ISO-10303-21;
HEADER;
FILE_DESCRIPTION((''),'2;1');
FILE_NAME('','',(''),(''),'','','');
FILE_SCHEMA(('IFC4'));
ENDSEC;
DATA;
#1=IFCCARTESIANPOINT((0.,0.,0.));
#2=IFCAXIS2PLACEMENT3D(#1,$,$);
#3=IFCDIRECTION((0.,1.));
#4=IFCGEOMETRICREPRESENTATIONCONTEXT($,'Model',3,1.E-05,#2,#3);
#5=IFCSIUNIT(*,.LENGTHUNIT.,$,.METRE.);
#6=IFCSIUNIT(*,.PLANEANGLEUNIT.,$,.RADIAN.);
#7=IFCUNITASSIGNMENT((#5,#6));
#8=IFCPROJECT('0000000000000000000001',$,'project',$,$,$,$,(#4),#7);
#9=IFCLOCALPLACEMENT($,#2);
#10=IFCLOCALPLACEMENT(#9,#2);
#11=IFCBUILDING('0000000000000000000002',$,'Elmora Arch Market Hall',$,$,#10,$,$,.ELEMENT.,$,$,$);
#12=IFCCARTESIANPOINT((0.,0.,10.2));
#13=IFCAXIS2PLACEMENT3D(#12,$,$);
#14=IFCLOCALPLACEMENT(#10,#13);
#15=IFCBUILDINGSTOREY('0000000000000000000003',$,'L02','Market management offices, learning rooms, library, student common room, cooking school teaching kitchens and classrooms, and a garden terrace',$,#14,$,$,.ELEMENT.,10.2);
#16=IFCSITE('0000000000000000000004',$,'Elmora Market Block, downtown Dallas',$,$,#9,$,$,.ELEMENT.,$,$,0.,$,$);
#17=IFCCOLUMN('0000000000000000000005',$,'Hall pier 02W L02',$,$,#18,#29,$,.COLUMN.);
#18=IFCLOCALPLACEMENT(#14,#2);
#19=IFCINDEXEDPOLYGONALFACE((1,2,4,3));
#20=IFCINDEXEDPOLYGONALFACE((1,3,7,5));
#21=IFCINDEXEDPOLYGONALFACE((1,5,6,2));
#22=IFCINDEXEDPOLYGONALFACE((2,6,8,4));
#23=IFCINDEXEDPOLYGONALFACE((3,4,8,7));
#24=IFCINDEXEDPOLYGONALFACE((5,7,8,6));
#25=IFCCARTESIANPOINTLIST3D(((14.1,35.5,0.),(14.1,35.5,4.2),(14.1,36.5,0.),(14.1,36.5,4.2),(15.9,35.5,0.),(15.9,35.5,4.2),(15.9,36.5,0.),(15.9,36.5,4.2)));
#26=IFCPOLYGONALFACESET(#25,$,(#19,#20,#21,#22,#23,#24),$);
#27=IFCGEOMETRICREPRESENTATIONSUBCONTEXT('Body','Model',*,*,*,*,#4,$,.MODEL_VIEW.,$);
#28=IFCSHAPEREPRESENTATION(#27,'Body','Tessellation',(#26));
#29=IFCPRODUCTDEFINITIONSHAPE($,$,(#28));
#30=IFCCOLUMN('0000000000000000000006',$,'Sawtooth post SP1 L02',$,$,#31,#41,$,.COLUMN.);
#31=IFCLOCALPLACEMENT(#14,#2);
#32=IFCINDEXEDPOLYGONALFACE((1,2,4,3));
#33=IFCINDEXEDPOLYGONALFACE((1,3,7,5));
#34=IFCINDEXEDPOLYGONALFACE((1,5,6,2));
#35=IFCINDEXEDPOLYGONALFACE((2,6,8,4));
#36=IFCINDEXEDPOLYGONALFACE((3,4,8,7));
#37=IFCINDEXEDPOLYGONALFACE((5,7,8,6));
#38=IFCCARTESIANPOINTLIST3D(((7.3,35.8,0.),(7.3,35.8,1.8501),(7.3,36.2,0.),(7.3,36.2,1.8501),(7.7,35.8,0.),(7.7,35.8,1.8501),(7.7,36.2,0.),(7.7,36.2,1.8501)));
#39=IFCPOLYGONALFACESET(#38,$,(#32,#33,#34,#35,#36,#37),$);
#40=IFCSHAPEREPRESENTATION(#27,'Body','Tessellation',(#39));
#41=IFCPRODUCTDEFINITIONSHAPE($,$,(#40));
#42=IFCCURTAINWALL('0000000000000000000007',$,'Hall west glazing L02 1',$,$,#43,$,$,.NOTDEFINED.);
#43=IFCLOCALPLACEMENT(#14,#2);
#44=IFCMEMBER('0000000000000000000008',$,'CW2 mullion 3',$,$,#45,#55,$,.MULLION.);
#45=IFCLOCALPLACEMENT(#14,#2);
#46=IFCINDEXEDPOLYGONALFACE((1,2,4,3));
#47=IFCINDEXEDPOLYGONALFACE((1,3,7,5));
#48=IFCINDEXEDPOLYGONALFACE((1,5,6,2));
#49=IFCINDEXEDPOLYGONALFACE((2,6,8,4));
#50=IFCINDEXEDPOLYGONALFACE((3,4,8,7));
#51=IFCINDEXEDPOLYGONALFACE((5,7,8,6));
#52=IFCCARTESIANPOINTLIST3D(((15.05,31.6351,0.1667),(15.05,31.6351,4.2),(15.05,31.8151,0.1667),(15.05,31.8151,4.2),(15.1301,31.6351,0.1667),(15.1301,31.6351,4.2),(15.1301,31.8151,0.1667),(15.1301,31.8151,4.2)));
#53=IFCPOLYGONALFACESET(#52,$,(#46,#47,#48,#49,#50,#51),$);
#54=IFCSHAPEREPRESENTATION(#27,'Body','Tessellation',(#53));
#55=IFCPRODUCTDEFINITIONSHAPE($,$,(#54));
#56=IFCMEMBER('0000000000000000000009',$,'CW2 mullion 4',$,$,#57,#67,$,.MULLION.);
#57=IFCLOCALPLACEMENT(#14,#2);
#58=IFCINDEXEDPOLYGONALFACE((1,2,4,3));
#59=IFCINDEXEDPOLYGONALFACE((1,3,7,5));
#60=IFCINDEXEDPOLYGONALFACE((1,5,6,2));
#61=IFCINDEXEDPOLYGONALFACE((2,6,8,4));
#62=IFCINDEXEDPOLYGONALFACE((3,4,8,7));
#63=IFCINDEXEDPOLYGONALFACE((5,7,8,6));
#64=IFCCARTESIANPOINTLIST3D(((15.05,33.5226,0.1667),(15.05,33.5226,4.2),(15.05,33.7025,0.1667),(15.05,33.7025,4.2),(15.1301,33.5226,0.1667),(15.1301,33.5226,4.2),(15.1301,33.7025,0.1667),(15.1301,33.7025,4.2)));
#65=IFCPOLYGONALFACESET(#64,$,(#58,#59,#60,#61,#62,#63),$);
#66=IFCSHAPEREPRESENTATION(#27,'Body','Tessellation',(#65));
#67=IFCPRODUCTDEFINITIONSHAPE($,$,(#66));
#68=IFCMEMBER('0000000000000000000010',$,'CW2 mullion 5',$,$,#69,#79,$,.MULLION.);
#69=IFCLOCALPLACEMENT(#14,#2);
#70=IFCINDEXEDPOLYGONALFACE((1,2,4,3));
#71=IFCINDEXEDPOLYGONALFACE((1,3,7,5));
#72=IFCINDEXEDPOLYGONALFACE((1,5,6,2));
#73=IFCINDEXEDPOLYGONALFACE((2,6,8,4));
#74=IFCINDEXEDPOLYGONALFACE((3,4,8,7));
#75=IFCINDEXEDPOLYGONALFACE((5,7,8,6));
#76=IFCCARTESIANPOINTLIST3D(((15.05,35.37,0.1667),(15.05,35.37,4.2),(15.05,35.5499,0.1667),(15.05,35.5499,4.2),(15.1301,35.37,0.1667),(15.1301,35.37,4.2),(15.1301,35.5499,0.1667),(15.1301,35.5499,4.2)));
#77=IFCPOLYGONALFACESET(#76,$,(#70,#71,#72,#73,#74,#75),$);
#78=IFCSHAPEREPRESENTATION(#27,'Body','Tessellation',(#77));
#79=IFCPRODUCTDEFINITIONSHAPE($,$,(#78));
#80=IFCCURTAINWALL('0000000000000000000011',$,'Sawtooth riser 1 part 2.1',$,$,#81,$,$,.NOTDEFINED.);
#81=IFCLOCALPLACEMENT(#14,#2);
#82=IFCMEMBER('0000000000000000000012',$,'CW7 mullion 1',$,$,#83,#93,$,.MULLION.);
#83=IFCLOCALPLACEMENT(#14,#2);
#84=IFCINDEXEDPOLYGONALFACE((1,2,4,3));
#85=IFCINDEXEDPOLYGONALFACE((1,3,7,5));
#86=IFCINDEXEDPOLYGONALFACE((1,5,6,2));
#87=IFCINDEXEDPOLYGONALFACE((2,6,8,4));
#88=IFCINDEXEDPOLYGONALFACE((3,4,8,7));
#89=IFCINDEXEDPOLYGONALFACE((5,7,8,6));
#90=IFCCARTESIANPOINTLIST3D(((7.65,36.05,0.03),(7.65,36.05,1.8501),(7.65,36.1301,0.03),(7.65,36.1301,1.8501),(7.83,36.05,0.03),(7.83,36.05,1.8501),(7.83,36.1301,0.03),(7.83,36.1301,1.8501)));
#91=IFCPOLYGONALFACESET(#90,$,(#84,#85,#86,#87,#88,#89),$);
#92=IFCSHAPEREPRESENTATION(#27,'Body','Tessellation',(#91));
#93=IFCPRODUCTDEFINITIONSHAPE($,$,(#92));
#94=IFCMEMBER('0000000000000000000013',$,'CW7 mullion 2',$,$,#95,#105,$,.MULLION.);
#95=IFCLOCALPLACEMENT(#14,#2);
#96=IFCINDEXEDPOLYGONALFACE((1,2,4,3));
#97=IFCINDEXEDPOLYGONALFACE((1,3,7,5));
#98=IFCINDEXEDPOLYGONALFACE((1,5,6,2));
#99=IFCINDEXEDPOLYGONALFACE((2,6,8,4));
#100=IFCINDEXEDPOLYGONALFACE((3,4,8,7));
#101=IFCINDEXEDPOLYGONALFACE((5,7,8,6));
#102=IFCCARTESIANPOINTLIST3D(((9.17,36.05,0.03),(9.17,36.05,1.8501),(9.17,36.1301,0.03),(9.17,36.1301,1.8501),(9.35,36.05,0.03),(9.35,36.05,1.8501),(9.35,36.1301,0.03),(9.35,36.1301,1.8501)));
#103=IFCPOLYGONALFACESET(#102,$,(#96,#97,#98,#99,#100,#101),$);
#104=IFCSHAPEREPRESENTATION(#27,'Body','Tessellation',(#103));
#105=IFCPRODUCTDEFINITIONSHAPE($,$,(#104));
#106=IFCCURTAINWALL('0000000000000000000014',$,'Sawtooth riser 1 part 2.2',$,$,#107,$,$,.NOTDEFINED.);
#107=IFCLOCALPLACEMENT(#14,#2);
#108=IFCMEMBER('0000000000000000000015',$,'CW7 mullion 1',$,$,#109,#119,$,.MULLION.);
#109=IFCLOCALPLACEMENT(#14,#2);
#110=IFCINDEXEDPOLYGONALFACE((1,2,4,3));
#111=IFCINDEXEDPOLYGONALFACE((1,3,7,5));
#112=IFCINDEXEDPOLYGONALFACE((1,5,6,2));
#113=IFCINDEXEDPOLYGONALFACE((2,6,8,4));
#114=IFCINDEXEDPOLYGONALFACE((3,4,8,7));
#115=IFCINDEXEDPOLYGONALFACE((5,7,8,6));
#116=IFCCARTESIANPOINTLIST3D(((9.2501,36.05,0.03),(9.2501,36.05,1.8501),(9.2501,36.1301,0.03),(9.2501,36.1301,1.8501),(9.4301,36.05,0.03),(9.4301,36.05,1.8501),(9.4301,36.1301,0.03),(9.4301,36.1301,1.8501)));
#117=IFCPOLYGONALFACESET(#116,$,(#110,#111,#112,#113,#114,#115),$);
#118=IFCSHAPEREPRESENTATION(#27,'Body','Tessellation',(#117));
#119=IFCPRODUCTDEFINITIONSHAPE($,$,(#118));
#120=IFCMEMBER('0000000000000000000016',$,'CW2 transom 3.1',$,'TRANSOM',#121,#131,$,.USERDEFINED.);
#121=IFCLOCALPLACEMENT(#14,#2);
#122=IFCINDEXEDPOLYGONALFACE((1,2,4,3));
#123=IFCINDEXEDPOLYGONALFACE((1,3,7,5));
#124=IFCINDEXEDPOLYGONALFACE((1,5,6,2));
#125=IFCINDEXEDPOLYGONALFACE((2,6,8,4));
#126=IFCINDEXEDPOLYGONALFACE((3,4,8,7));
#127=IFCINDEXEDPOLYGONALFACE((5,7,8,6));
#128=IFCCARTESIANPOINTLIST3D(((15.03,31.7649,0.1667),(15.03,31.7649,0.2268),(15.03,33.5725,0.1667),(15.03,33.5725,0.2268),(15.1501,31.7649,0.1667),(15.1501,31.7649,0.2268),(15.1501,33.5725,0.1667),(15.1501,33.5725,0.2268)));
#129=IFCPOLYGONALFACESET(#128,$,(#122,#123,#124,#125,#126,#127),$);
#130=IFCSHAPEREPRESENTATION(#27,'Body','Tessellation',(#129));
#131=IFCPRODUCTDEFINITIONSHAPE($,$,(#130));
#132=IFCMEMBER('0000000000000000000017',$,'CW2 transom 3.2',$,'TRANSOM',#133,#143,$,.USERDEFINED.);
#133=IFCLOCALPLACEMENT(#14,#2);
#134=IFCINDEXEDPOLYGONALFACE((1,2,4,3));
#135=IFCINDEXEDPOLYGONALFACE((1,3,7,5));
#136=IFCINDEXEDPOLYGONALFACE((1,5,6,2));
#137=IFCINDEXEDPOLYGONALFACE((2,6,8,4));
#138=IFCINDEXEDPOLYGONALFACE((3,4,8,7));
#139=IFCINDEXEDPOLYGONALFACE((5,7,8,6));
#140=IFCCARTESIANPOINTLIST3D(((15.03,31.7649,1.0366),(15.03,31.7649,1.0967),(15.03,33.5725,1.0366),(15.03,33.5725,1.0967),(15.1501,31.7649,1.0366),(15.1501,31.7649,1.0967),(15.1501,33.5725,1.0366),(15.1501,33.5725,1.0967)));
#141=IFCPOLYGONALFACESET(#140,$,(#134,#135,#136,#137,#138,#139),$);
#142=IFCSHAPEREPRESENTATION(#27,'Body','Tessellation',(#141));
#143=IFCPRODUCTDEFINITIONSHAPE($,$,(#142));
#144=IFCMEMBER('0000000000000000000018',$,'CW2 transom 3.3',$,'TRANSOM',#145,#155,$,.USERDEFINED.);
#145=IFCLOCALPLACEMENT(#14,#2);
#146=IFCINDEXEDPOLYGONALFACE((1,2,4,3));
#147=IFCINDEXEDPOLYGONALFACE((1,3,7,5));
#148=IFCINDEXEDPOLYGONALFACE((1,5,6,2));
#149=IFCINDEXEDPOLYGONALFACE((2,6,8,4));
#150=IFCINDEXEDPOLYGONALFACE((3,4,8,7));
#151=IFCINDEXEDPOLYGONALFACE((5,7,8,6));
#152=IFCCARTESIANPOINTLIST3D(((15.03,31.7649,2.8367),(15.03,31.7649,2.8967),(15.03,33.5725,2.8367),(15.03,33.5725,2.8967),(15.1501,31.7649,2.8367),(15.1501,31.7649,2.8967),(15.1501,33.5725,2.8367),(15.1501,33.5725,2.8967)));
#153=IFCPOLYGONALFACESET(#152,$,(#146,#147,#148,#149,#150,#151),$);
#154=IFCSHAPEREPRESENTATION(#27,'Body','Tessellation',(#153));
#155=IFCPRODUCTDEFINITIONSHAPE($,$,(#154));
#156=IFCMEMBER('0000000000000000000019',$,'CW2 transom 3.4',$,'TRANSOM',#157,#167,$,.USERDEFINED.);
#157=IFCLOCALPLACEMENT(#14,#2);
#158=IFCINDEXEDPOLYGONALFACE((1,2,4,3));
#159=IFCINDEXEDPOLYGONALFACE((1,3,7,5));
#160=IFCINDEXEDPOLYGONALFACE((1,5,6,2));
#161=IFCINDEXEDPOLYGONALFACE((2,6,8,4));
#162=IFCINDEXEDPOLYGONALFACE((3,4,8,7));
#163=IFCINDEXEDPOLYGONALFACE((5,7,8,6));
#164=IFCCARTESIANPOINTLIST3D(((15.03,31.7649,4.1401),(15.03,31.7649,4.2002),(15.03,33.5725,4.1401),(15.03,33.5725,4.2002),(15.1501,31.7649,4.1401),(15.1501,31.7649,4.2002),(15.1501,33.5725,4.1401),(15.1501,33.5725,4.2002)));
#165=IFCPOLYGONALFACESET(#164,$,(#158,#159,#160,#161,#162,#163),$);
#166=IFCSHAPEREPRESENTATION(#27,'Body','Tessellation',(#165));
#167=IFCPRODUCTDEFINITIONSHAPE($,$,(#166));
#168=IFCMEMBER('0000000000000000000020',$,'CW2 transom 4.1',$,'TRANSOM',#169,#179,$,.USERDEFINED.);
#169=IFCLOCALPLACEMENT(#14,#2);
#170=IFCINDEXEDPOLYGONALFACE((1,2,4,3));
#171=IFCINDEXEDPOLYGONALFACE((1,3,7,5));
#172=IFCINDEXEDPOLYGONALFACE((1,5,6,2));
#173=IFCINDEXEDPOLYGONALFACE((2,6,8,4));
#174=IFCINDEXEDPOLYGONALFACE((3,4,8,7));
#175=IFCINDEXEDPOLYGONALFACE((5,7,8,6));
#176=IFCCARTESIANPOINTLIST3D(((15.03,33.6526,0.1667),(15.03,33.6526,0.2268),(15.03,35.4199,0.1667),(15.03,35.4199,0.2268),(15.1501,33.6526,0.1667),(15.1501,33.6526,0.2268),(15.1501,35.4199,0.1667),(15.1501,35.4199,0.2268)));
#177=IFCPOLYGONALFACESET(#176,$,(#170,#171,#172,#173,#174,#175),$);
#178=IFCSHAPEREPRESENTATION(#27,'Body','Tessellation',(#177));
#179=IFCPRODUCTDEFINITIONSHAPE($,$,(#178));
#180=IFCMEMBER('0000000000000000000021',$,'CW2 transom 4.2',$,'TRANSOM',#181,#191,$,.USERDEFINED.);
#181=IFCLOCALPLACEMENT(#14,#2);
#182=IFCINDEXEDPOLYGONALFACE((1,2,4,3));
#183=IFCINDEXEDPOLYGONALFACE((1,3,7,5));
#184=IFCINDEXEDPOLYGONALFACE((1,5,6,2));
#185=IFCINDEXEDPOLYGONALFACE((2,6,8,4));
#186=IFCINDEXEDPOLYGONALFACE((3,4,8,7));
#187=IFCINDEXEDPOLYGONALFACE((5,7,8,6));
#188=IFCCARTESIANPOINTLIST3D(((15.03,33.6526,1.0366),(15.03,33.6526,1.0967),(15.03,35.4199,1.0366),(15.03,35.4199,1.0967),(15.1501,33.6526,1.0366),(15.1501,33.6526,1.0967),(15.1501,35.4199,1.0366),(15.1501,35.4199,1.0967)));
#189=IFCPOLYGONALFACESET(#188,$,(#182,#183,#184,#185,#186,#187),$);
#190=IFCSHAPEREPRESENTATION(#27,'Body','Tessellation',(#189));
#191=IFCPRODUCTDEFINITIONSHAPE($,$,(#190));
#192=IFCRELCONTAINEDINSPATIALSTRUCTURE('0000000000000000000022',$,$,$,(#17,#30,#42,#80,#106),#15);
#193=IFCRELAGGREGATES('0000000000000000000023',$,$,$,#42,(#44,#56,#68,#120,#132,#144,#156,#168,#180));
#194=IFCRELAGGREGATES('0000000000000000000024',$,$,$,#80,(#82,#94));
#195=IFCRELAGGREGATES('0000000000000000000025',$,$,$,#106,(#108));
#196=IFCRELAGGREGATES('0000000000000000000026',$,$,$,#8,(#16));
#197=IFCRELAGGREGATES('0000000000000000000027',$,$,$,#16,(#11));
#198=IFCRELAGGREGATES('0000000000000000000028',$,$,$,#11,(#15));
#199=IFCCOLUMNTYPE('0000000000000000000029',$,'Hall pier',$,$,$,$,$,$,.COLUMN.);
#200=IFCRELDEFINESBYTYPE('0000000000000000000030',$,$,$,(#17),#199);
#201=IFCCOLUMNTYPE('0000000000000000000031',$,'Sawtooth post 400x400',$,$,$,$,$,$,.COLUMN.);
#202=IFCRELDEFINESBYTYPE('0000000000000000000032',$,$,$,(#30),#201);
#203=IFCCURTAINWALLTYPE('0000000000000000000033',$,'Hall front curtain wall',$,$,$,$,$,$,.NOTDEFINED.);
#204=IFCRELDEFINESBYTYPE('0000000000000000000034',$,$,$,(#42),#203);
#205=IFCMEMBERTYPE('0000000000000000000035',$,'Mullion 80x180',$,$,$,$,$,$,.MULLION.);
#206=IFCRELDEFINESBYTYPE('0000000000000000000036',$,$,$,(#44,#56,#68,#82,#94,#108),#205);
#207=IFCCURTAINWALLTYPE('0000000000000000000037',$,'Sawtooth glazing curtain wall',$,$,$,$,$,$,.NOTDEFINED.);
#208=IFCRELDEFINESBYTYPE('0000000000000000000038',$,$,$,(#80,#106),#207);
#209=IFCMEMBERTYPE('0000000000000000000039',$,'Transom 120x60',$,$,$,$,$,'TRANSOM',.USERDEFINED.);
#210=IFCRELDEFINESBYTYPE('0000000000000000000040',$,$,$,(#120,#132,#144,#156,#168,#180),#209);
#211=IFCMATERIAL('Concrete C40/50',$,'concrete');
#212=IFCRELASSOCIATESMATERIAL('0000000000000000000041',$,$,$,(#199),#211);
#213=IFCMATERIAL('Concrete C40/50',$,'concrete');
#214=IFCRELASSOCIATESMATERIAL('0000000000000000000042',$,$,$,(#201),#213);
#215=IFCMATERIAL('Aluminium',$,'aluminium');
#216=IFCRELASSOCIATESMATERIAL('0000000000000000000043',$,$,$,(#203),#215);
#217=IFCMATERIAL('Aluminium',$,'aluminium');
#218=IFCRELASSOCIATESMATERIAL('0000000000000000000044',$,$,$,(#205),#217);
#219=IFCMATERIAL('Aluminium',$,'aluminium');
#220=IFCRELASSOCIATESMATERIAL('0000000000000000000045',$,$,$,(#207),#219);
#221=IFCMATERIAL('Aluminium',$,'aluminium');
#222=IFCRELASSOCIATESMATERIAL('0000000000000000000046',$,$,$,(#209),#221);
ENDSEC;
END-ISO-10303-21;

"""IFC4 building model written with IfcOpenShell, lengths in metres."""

from ifc_helpers import new_model, si_unit, direction, frame, origin, origin_2d, place, context, subcontext, project, spatial, rectangle, extrude, material, material_profile, profile_set, type_object, element, aggregate, save


model = new_model("IFC4")

# Units and contexts
model_context = context("Model", 3, precision=1e-05, world=origin(), true_north=direction((0.0, 1.0)))
body_context = subcontext(model_context, "Body", "Model", "MODEL_VIEW")
ifc_project = project(units=[si_unit("LENGTHUNIT", "METRE"), si_unit("PLANEANGLEUNIT", "RADIAN")], contexts=[model_context])

# Site, building, storey
site_placement = place(None, origin())
site = spatial("IfcSite", under=ifc_project, at=site_placement, Name="Elmora Market Block, downtown Dallas", CompositionType="ELEMENT", RefElevation=0.0)
building_placement = place(site_placement, origin())
building = spatial("IfcBuilding", under=site, at=building_placement, Name="Elmora Arch Market Hall", CompositionType="ELEMENT")
storey_placement = place(building_placement, frame((0.0, 0.0, 10.2)))
storey = spatial("IfcBuildingStorey", under=building, at=storey_placement, Name="L02", Description="Market management offices, learning rooms, library, student common room, cooking school teaching kitchens and classrooms, and a garden terrace", CompositionType="ELEMENT", Elevation=10.2)

# Columns
ifc_material_1 = material(Name="Concrete C40/50", Category="concrete")
ifc_material_profile_1 = material_profile(ifc_material_1, rectangle(XDim=1.8, YDim=1.0, at=origin_2d()), Name="Hall pier")
ifc_profile_set_1 = profile_set([ifc_material_profile_1], Name="Concrete C40/50")
column_type_1 = type_object("IfcColumnType", Name="Hall pier", PredefinedType="COLUMN", material=ifc_profile_set_1)
column_1_placement = place(storey_placement, frame((15.0, 36.0, 0.0), z_axis=(0.0, 0.0, 1.0), x_axis=(1.0, 0.0, 0.0)))
element("IfcColumn", 1, at=column_1_placement, inside=storey, type_object=column_type_1, Name="Hall pier 02W L02", PredefinedType="COLUMN", context=body_context, shape_type="SweptSolid", body=[
    extrude(rectangle(XDim=1.8, YDim=1.0, at=origin_2d()), origin(), (0.0, 0.0, 1.0), 4.2),
])
ifc_material_2 = material(Name="Concrete C40/50", Category="concrete")
ifc_material_profile_2 = material_profile(ifc_material_2, rectangle(XDim=0.3999, YDim=0.3999, at=origin_2d()), Name="Sawtooth post 400x400")
ifc_profile_set_2 = profile_set([ifc_material_profile_2], Name="Concrete C40/50")
column_type_2 = type_object("IfcColumnType", Name="Sawtooth post 400x400", PredefinedType="COLUMN", material=ifc_profile_set_2)
column_2_placement = place(storey_placement, frame((7.5, 36.0, 0.0), z_axis=(0.0, 0.0, 1.0), x_axis=(1.0, 0.0, 0.0)))
element("IfcColumn", 2, at=column_2_placement, inside=storey, type_object=column_type_2, Name="Sawtooth post SP1 L02", PredefinedType="COLUMN", context=body_context, shape_type="SweptSolid", body=[
    extrude(rectangle(XDim=0.3999, YDim=0.3999, at=origin_2d()), origin(), (0.0, 0.0, 1.0), 1.8501),
])

# Curtain walls, members
ifc_material_3 = material(Name="Aluminium", Category="aluminium")
curtain_wall_type_1 = type_object("IfcCurtainWallType", Name="Hall front curtain wall", PredefinedType="NOTDEFINED", material=ifc_material_3)
curtain_wall_1_placement = place(storey_placement, origin())
curtain_wall_1 = element("IfcCurtainWall", 3, at=curtain_wall_1_placement, inside=storey, type_object=curtain_wall_type_1, Name="Hall west glazing L02 1", PredefinedType="NOTDEFINED")
ifc_material_4 = material(Name="Aluminium", Category="aluminium")
ifc_material_profile_3 = material_profile(ifc_material_4, rectangle(XDim=0.0801, YDim=0.1799, at=origin_2d()), Name="AL 80x180")
ifc_profile_set_3 = profile_set([ifc_material_profile_3], Name="Aluminium")
member_type_1 = type_object("IfcMemberType", Name="Mullion 80x180", PredefinedType="MULLION", material=ifc_profile_set_3)
member_1_placement = place(storey_placement, frame((15.0901, 31.7251, 0.1667), z_axis=(0.0, 0.0, 1.0), x_axis=(-1.0, 0.0, 0.0)))
member_1 = element("IfcMember", 4, at=member_1_placement, type_object=member_type_1, Name="CW2 mullion 3", PredefinedType="MULLION", context=body_context, shape_type="SweptSolid", body=[
    extrude(rectangle(XDim=0.0801, YDim=0.1799, at=origin_2d()), origin(), (0.0, 0.0, 1.0), 4.0332),
])
member_2_placement = place(storey_placement, frame((15.0901, 33.6125, 0.1667), z_axis=(0.0, 0.0, 1.0), x_axis=(-1.0, 0.0, 0.0)))
member_2 = element("IfcMember", 5, at=member_2_placement, type_object=member_type_1, Name="CW2 mullion 4", PredefinedType="MULLION", context=body_context, shape_type="SweptSolid", body=[
    extrude(rectangle(XDim=0.0801, YDim=0.1799, at=origin_2d()), origin(), (0.0, 0.0, 1.0), 4.0332),
])
member_3_placement = place(storey_placement, frame((15.0901, 35.46, 0.1667), z_axis=(0.0, 0.0, 1.0), x_axis=(-1.0, 0.0, 0.0)))
member_3 = element("IfcMember", 6, at=member_3_placement, type_object=member_type_1, Name="CW2 mullion 5", PredefinedType="MULLION", context=body_context, shape_type="SweptSolid", body=[
    extrude(rectangle(XDim=0.0801, YDim=0.1799, at=origin_2d()), origin(), (0.0, 0.0, 1.0), 4.0332),
])
ifc_material_5 = material(Name="Aluminium", Category="aluminium")
curtain_wall_type_2 = type_object("IfcCurtainWallType", Name="Sawtooth glazing curtain wall", PredefinedType="NOTDEFINED", material=ifc_material_5)
curtain_wall_2_placement = place(storey_placement, origin())
curtain_wall_2 = element("IfcCurtainWall", 7, at=curtain_wall_2_placement, inside=storey, type_object=curtain_wall_type_2, Name="Sawtooth riser 1 part 2.1", PredefinedType="NOTDEFINED")
member_4_placement = place(storey_placement, frame((7.74, 36.0901, 0.03), z_axis=(0.0, 0.0, 1.0), x_axis=(0.0, 1.0, 0.0)))
member_4 = element("IfcMember", 8, at=member_4_placement, type_object=member_type_1, Name="CW7 mullion 1", PredefinedType="MULLION", context=body_context, shape_type="SweptSolid", body=[
    extrude(rectangle(XDim=0.0801, YDim=0.1799, at=origin_2d()), origin(), (0.0, 0.0, 1.0), 1.8201),
])
member_5_placement = place(storey_placement, frame((9.26, 36.0901, 0.03), z_axis=(0.0, 0.0, 1.0), x_axis=(0.0, 1.0, 0.0)))
member_5 = element("IfcMember", 9, at=member_5_placement, type_object=member_type_1, Name="CW7 mullion 2", PredefinedType="MULLION", context=body_context, shape_type="SweptSolid", body=[
    extrude(rectangle(XDim=0.0801, YDim=0.1799, at=origin_2d()), origin(), (0.0, 0.0, 1.0), 1.8201),
])

# Curtain wall, member
curtain_wall_3_placement = place(storey_placement, origin())
curtain_wall_3 = element("IfcCurtainWall", 10, at=curtain_wall_3_placement, inside=storey, type_object=curtain_wall_type_2, Name="Sawtooth riser 1 part 2.2", PredefinedType="NOTDEFINED")
member_6_placement = place(storey_placement, frame((9.3401, 36.0901, 0.03), z_axis=(0.0, 0.0, 1.0), x_axis=(0.0, 1.0, 0.0)))
member_6 = element("IfcMember", 11, at=member_6_placement, type_object=member_type_1, Name="CW7 mullion 1", PredefinedType="MULLION", context=body_context, shape_type="SweptSolid", body=[
    extrude(rectangle(XDim=0.0801, YDim=0.1799, at=origin_2d()), origin(), (0.0, 0.0, 1.0), 1.8201),
])

# Members
ifc_material_6 = material(Name="Aluminium", Category="aluminium")
ifc_material_profile_4 = material_profile(ifc_material_6, rectangle(XDim=0.1201, YDim=0.0601, at=origin_2d()), Name="AL 120x60")
ifc_profile_set_4 = profile_set([ifc_material_profile_4], Name="Aluminium")
member_type_2 = type_object("IfcMemberType", Name="Transom 120x60", ElementType="TRANSOM", PredefinedType="USERDEFINED", material=ifc_profile_set_4)
member_7_placement = place(storey_placement, frame((15.0901, 31.7649, 0.1968), z_axis=(0.0, 1.0, 0.0), x_axis=(-1.0, 0.0, 0.0)))
member_7 = element("IfcMember", 12, at=member_7_placement, type_object=member_type_2, Name="CW2 transom 3.1", ObjectType="TRANSOM", PredefinedType="USERDEFINED", context=body_context, shape_type="SweptSolid", body=[
    extrude(rectangle(XDim=0.1201, YDim=0.0601, at=origin_2d()), origin(), (0.0, 0.0, 1.0), 1.8076),
])
member_8_placement = place(storey_placement, frame((15.0901, 31.7649, 1.0667), z_axis=(0.0, 1.0, 0.0), x_axis=(-1.0, 0.0, 0.0)))
member_8 = element("IfcMember", 13, at=member_8_placement, type_object=member_type_2, Name="CW2 transom 3.2", ObjectType="TRANSOM", PredefinedType="USERDEFINED", context=body_context, shape_type="SweptSolid", body=[
    extrude(rectangle(XDim=0.1201, YDim=0.0601, at=origin_2d()), origin(), (0.0, 0.0, 1.0), 1.8076),
])
member_9_placement = place(storey_placement, frame((15.0901, 31.7649, 2.8667), z_axis=(0.0, 1.0, 0.0), x_axis=(-1.0, 0.0, 0.0)))
member_9 = element("IfcMember", 14, at=member_9_placement, type_object=member_type_2, Name="CW2 transom 3.3", ObjectType="TRANSOM", PredefinedType="USERDEFINED", context=body_context, shape_type="SweptSolid", body=[
    extrude(rectangle(XDim=0.1201, YDim=0.0601, at=origin_2d()), origin(), (0.0, 0.0, 1.0), 1.8076),
])
member_10_placement = place(storey_placement, frame((15.0901, 31.7649, 4.1702), z_axis=(0.0, 1.0, 0.0), x_axis=(-1.0, 0.0, 0.0)))
member_10 = element("IfcMember", 15, at=member_10_placement, type_object=member_type_2, Name="CW2 transom 3.4", ObjectType="TRANSOM", PredefinedType="USERDEFINED", context=body_context, shape_type="SweptSolid", body=[
    extrude(rectangle(XDim=0.1201, YDim=0.0601, at=origin_2d()), origin(), (0.0, 0.0, 1.0), 1.8076),
])
member_11_placement = place(storey_placement, frame((15.0901, 33.6526, 0.1968), z_axis=(0.0, 1.0, 0.0), x_axis=(-1.0, 0.0, 0.0)))
member_11 = element("IfcMember", 16, at=member_11_placement, type_object=member_type_2, Name="CW2 transom 4.1", ObjectType="TRANSOM", PredefinedType="USERDEFINED", context=body_context, shape_type="SweptSolid", body=[
    extrude(rectangle(XDim=0.1201, YDim=0.0601, at=origin_2d()), origin(), (0.0, 0.0, 1.0), 1.7673),
])
member_12_placement = place(storey_placement, frame((15.0901, 33.6526, 1.0667), z_axis=(0.0, 1.0, 0.0), x_axis=(-1.0, 0.0, 0.0)))
member_12 = element("IfcMember", 17, at=member_12_placement, type_object=member_type_2, Name="CW2 transom 4.2", ObjectType="TRANSOM", PredefinedType="USERDEFINED", context=body_context, shape_type="SweptSolid", body=[
    extrude(rectangle(XDim=0.1201, YDim=0.0601, at=origin_2d()), origin(), (0.0, 0.0, 1.0), 1.7673),
])

aggregate(curtain_wall_1, [member_1, member_2, member_3, member_7, member_8, member_9, member_10, member_11, member_12])
aggregate(curtain_wall_2, [member_4, member_5])
aggregate(curtain_wall_3, [member_6])

save(model, "model.ifc")
